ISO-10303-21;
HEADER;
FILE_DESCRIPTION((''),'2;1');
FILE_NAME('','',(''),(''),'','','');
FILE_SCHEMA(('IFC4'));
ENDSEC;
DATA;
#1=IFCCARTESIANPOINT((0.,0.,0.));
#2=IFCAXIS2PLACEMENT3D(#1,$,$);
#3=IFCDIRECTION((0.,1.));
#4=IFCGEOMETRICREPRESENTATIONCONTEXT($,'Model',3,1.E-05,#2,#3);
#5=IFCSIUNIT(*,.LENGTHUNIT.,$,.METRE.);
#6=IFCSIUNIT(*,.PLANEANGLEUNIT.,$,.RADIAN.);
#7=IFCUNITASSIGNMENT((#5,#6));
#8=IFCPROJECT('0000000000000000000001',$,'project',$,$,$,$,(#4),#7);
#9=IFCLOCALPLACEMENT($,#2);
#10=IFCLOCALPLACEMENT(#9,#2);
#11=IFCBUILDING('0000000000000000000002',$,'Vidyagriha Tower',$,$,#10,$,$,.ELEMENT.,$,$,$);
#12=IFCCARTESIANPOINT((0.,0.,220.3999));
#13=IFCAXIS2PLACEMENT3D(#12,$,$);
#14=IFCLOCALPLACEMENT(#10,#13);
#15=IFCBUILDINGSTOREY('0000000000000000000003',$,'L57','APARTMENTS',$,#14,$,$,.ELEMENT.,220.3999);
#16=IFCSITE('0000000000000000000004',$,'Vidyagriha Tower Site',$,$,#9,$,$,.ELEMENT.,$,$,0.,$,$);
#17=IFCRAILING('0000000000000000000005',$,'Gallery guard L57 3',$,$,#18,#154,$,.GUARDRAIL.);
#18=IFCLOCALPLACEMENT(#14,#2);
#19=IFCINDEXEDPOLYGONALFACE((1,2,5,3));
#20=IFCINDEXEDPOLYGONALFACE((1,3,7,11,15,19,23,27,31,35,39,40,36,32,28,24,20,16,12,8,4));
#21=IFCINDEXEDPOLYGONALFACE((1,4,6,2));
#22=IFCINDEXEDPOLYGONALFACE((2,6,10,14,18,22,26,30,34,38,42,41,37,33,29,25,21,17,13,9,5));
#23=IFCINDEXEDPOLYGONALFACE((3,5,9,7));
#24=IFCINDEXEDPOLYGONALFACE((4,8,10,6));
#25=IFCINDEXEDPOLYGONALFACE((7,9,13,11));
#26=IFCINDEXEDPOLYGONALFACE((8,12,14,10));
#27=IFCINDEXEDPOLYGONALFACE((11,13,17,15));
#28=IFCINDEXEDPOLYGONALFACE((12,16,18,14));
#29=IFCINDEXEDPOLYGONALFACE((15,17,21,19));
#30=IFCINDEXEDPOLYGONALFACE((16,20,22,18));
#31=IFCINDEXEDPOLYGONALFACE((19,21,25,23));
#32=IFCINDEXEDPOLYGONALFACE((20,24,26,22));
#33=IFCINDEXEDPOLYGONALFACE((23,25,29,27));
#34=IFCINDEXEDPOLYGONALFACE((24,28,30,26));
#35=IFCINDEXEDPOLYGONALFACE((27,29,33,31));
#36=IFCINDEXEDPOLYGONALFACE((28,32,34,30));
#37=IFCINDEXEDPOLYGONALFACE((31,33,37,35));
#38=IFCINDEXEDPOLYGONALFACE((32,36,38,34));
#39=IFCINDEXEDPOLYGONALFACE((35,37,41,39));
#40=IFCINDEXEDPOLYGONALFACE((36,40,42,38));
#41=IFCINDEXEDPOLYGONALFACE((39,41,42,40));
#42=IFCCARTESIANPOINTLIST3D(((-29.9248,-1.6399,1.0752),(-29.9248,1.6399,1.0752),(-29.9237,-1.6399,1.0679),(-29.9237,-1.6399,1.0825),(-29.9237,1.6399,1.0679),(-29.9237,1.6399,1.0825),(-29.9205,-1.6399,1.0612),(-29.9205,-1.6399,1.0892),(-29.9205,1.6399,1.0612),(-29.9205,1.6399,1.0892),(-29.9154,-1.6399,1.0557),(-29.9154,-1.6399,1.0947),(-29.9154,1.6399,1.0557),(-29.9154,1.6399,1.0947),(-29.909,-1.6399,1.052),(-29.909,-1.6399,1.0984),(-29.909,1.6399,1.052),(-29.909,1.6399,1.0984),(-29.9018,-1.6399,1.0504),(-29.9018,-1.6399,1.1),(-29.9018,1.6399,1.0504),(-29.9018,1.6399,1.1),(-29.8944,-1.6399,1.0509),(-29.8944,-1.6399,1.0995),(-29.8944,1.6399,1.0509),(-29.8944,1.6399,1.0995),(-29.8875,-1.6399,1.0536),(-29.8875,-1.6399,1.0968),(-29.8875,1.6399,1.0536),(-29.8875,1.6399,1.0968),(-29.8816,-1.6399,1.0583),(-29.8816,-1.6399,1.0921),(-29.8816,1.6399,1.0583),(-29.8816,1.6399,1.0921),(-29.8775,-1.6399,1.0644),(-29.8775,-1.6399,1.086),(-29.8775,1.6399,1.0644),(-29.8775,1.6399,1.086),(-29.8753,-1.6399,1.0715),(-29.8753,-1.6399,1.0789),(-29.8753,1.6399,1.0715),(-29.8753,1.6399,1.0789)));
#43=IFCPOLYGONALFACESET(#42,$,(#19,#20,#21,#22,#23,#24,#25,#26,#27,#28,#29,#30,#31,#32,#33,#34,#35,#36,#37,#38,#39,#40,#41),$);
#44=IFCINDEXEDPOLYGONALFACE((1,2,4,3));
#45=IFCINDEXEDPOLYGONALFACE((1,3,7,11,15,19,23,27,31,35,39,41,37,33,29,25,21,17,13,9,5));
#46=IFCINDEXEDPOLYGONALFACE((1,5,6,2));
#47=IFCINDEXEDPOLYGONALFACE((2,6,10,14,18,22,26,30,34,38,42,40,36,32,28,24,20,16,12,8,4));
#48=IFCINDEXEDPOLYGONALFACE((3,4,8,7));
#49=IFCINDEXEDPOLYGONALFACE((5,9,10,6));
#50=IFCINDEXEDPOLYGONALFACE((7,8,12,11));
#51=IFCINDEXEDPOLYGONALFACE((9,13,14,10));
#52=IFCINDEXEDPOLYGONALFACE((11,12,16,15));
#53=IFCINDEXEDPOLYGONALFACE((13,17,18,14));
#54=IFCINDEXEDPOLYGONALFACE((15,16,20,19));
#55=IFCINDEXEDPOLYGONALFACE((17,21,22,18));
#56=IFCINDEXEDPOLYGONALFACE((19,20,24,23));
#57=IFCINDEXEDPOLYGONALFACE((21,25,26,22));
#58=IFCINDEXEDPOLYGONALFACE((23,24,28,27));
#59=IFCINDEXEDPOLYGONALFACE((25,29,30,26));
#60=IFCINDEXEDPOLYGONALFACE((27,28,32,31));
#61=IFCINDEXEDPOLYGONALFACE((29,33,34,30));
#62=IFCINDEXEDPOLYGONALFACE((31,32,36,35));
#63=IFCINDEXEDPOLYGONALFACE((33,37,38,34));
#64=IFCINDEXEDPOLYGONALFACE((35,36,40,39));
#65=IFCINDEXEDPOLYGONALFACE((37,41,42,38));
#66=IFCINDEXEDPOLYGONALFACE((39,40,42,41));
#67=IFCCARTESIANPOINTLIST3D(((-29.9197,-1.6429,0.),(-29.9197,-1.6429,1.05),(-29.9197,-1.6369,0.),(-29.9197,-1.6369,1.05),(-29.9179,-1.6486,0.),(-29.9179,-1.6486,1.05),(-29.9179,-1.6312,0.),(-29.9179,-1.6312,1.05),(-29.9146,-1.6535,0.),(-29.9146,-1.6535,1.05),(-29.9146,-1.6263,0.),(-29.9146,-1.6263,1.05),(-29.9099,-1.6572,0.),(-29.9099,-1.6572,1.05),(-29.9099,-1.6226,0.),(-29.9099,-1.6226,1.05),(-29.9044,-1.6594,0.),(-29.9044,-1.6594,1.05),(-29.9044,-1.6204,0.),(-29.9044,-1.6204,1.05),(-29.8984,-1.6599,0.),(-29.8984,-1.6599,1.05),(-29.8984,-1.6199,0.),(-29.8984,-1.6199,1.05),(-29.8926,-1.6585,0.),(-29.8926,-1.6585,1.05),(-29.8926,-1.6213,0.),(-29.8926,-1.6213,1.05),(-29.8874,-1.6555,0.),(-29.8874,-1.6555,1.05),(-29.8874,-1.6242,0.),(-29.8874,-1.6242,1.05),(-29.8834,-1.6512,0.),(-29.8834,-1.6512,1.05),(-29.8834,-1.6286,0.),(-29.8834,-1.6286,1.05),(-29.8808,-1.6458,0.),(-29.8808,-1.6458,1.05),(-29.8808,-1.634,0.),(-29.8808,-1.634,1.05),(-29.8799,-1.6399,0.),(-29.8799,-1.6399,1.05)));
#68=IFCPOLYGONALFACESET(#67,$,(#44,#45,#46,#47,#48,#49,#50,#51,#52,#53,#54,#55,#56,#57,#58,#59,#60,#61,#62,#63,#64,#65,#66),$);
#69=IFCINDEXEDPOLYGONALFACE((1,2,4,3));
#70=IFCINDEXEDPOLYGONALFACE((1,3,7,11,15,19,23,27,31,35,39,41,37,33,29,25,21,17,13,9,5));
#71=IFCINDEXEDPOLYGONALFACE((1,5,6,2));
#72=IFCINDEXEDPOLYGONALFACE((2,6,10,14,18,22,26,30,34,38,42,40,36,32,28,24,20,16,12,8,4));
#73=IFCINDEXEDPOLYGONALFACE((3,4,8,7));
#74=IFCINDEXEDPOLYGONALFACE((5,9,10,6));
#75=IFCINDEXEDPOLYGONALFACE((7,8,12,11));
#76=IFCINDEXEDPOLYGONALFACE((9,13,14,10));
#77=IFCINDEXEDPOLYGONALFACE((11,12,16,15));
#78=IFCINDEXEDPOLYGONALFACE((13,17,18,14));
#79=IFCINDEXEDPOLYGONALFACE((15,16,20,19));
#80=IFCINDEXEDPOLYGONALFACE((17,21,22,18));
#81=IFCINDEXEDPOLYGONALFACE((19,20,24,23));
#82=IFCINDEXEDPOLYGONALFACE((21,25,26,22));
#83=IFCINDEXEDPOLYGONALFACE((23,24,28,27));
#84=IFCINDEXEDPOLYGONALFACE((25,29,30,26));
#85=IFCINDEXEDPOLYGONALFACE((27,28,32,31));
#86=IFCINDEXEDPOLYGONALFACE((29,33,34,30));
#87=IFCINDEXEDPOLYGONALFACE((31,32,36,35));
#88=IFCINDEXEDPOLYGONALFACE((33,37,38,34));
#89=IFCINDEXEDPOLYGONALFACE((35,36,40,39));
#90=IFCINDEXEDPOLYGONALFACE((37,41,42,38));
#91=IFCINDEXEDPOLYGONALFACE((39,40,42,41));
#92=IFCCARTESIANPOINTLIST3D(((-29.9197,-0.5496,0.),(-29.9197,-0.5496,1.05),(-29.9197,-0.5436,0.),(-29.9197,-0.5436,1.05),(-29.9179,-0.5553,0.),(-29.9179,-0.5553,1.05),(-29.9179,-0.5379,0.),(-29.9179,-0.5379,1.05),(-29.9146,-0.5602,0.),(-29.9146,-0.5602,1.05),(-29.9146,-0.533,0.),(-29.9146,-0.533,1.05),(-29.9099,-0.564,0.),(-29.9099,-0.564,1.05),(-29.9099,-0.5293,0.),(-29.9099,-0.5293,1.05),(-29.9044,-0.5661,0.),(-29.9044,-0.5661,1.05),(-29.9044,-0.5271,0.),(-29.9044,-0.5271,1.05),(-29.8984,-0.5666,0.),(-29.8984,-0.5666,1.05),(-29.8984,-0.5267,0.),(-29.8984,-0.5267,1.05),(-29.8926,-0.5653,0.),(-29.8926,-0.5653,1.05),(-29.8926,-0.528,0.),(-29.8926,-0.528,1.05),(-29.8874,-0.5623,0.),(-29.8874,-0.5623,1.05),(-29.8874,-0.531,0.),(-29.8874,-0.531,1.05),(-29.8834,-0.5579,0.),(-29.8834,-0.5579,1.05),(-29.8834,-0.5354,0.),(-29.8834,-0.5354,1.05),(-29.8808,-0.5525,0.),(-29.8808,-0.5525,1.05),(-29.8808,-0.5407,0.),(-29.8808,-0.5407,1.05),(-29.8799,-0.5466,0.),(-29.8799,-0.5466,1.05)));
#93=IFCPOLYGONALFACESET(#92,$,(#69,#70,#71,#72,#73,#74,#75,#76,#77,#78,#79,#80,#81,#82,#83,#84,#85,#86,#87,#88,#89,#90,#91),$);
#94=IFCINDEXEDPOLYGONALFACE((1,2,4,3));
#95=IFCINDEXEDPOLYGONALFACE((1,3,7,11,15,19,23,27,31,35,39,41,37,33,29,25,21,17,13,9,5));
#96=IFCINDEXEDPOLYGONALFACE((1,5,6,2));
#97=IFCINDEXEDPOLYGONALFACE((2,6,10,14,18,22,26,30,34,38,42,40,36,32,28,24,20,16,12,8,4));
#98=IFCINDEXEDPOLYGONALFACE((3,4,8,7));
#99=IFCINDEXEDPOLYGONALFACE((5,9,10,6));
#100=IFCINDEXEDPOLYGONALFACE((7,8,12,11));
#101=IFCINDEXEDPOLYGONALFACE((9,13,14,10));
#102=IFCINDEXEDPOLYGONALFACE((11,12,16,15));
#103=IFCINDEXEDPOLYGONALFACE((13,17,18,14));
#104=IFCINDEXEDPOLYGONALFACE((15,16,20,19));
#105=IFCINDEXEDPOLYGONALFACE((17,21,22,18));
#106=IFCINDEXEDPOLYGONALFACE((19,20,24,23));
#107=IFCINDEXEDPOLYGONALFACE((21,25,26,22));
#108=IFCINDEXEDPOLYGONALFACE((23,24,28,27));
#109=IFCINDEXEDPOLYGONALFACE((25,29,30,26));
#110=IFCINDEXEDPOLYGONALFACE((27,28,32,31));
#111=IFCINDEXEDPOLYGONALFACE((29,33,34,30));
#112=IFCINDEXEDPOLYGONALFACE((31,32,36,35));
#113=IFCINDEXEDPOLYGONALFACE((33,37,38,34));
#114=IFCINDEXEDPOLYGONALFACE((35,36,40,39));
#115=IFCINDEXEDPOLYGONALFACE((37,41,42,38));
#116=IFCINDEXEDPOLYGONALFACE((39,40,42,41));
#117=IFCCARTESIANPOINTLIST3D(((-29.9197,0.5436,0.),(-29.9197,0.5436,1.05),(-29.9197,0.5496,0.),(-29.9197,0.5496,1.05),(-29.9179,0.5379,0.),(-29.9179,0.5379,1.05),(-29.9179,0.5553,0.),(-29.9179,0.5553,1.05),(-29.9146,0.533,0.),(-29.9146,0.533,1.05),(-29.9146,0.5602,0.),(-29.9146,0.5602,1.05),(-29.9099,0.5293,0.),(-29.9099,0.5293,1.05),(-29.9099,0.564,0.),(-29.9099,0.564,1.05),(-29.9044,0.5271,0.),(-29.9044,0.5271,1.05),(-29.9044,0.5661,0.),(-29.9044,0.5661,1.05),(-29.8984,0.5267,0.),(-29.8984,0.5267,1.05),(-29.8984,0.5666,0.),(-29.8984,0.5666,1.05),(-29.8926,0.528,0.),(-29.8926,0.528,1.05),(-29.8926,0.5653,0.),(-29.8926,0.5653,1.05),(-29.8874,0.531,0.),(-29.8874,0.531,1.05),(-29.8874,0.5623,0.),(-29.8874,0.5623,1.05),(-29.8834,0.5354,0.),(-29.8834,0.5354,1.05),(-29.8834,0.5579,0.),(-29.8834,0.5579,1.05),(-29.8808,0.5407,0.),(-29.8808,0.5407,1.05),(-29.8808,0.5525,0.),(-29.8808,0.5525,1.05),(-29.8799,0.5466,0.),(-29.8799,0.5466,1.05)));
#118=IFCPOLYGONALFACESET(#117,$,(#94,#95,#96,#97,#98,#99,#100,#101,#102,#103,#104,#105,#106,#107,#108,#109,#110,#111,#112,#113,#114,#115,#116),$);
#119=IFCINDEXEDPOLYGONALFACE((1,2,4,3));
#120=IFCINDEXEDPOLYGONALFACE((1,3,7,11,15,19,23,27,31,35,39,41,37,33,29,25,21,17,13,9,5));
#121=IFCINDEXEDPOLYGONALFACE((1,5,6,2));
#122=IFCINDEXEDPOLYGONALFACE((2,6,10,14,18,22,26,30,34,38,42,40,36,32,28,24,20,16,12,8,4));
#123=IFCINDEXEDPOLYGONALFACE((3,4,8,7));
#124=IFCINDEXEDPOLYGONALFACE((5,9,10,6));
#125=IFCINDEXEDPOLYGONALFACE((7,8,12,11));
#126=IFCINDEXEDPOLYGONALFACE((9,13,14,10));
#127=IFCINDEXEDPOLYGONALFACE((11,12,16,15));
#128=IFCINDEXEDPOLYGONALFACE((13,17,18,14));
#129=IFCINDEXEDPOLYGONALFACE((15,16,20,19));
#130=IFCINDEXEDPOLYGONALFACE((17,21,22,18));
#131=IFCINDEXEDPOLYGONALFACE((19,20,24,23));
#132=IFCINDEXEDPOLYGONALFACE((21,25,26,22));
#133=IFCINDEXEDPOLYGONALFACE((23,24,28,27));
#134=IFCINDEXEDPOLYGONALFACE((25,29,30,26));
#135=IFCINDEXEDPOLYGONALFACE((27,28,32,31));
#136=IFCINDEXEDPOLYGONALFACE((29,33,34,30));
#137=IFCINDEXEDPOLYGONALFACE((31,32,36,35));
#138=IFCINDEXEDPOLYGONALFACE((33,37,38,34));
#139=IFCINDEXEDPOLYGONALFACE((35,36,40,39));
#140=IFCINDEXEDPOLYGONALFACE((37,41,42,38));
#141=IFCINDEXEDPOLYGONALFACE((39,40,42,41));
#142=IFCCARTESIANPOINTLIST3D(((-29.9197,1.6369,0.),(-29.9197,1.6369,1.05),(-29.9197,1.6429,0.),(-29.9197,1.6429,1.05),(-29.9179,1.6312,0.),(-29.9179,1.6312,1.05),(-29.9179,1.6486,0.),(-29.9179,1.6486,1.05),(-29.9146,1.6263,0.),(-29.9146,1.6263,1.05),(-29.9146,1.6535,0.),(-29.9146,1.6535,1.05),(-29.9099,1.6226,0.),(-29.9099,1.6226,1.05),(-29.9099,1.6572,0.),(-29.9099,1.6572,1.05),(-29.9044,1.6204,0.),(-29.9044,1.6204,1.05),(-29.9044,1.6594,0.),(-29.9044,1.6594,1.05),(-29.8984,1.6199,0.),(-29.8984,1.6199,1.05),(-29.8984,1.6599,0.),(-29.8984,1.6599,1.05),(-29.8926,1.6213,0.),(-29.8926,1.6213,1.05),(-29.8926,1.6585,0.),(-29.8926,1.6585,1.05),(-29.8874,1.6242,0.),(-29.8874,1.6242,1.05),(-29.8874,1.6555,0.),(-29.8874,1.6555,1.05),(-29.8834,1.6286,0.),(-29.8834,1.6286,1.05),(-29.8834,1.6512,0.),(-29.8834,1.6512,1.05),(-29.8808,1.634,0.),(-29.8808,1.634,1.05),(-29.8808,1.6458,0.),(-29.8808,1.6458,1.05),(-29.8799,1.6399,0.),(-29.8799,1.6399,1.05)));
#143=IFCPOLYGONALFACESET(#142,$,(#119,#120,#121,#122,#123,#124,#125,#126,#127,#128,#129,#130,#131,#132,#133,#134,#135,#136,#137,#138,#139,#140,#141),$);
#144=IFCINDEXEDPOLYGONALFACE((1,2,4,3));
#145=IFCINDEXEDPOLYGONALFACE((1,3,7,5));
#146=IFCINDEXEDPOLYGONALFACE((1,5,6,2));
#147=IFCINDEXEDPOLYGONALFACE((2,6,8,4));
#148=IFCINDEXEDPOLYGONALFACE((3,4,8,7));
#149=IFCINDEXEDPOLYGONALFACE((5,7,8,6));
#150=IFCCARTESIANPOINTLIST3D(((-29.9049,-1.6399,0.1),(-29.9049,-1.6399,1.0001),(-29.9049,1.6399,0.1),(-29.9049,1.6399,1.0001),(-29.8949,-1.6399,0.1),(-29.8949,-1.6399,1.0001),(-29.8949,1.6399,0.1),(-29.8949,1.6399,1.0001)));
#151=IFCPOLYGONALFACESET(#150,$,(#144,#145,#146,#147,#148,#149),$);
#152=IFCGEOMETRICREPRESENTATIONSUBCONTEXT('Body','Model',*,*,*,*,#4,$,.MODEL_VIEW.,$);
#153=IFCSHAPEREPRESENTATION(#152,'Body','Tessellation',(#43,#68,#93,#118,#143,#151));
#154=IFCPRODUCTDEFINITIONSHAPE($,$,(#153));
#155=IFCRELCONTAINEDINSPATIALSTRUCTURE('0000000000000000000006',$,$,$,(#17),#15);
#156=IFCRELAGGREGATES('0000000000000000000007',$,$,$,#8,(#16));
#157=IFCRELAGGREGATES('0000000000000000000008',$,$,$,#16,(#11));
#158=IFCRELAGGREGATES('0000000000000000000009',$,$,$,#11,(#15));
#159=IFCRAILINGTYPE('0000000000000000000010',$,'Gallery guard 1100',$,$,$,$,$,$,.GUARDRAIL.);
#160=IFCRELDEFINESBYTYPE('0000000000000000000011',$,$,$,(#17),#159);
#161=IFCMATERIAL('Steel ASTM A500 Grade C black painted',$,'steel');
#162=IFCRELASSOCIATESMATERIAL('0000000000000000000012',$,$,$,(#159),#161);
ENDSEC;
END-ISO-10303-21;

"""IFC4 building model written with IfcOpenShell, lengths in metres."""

from ifc_helpers import new_model, si_unit, direction, frame, origin, origin_2d, place, context, subcontext, project, spatial, rectangle, circle, extrude, material, type_object, element, save


model = new_model("IFC4")

# Units and contexts
model_context = context("Model", 3, precision=1e-05, world=origin(), true_north=direction((0.0, 1.0)))
body_context = subcontext(model_context, "Body", "Model", "MODEL_VIEW")
ifc_project = project(units=[si_unit("LENGTHUNIT", "METRE"), si_unit("PLANEANGLEUNIT", "RADIAN")], contexts=[model_context])

# Site, building, storey
site_placement = place(None, origin())
site = spatial("IfcSite", under=ifc_project, at=site_placement, Name="Vidyagriha Tower Site", CompositionType="ELEMENT", RefElevation=0.0)
building_placement = place(site_placement, origin())
building = spatial("IfcBuilding", under=site, at=building_placement, Name="Vidyagriha Tower", CompositionType="ELEMENT")
storey_placement = place(building_placement, frame((0.0, 0.0, 220.3999)))
storey = spatial("IfcBuildingStorey", under=building, at=storey_placement, Name="L57", Description="APARTMENTS", CompositionType="ELEMENT", Elevation=220.3999)

# Railing
ifc_material_1 = material(Name="Steel ASTM A500 Grade C black painted", Category="steel")
railing_type_1 = type_object("IfcRailingType", Name="Gallery guard 1100", PredefinedType="GUARDRAIL", material=ifc_material_1)
railing_1_placement = place(storey_placement, frame((-29.8999, -1.6399, 0.0)))
element("IfcRailing", 1, at=railing_1_placement, inside=storey, type_object=railing_type_1, Name="Gallery guard L57 3", PredefinedType="GUARDRAIL", context=body_context, shape_type="SweptSolid", body=[
    extrude(circle(Radius=0.0249, at=origin_2d()), frame((0.0, 0.0, 1.0752), z_axis=(0.0, 1.0, 0.0), x_axis=(-1.0, 0.0, 0.0)), (0.0, 0.0, 1.0), 3.2798),
    extrude(circle(Radius=0.02, at=origin_2d()), origin(), (0.0, 0.0, 1.0), 1.05),
    extrude(circle(Radius=0.02, at=origin_2d()), frame((0.0, 1.0933, 0.0)), (0.0, 0.0, 1.0), 1.05),
    extrude(circle(Radius=0.02, at=origin_2d()), frame((0.0, 2.1865, 0.0)), (0.0, 0.0, 1.0), 1.05),
    extrude(circle(Radius=0.02, at=origin_2d()), frame((0.0, 3.2798, 0.0)), (0.0, 0.0, 1.0), 1.05),
    extrude(rectangle(XDim=0.01, YDim=0.9001, at=origin_2d()), frame((0.0, 0.0, 0.55), z_axis=(0.0, 1.0, 0.0), x_axis=(-1.0, 0.0, 0.0)), (0.0, 0.0, 1.0), 3.2798),
])

save(model, "model.ifc")
